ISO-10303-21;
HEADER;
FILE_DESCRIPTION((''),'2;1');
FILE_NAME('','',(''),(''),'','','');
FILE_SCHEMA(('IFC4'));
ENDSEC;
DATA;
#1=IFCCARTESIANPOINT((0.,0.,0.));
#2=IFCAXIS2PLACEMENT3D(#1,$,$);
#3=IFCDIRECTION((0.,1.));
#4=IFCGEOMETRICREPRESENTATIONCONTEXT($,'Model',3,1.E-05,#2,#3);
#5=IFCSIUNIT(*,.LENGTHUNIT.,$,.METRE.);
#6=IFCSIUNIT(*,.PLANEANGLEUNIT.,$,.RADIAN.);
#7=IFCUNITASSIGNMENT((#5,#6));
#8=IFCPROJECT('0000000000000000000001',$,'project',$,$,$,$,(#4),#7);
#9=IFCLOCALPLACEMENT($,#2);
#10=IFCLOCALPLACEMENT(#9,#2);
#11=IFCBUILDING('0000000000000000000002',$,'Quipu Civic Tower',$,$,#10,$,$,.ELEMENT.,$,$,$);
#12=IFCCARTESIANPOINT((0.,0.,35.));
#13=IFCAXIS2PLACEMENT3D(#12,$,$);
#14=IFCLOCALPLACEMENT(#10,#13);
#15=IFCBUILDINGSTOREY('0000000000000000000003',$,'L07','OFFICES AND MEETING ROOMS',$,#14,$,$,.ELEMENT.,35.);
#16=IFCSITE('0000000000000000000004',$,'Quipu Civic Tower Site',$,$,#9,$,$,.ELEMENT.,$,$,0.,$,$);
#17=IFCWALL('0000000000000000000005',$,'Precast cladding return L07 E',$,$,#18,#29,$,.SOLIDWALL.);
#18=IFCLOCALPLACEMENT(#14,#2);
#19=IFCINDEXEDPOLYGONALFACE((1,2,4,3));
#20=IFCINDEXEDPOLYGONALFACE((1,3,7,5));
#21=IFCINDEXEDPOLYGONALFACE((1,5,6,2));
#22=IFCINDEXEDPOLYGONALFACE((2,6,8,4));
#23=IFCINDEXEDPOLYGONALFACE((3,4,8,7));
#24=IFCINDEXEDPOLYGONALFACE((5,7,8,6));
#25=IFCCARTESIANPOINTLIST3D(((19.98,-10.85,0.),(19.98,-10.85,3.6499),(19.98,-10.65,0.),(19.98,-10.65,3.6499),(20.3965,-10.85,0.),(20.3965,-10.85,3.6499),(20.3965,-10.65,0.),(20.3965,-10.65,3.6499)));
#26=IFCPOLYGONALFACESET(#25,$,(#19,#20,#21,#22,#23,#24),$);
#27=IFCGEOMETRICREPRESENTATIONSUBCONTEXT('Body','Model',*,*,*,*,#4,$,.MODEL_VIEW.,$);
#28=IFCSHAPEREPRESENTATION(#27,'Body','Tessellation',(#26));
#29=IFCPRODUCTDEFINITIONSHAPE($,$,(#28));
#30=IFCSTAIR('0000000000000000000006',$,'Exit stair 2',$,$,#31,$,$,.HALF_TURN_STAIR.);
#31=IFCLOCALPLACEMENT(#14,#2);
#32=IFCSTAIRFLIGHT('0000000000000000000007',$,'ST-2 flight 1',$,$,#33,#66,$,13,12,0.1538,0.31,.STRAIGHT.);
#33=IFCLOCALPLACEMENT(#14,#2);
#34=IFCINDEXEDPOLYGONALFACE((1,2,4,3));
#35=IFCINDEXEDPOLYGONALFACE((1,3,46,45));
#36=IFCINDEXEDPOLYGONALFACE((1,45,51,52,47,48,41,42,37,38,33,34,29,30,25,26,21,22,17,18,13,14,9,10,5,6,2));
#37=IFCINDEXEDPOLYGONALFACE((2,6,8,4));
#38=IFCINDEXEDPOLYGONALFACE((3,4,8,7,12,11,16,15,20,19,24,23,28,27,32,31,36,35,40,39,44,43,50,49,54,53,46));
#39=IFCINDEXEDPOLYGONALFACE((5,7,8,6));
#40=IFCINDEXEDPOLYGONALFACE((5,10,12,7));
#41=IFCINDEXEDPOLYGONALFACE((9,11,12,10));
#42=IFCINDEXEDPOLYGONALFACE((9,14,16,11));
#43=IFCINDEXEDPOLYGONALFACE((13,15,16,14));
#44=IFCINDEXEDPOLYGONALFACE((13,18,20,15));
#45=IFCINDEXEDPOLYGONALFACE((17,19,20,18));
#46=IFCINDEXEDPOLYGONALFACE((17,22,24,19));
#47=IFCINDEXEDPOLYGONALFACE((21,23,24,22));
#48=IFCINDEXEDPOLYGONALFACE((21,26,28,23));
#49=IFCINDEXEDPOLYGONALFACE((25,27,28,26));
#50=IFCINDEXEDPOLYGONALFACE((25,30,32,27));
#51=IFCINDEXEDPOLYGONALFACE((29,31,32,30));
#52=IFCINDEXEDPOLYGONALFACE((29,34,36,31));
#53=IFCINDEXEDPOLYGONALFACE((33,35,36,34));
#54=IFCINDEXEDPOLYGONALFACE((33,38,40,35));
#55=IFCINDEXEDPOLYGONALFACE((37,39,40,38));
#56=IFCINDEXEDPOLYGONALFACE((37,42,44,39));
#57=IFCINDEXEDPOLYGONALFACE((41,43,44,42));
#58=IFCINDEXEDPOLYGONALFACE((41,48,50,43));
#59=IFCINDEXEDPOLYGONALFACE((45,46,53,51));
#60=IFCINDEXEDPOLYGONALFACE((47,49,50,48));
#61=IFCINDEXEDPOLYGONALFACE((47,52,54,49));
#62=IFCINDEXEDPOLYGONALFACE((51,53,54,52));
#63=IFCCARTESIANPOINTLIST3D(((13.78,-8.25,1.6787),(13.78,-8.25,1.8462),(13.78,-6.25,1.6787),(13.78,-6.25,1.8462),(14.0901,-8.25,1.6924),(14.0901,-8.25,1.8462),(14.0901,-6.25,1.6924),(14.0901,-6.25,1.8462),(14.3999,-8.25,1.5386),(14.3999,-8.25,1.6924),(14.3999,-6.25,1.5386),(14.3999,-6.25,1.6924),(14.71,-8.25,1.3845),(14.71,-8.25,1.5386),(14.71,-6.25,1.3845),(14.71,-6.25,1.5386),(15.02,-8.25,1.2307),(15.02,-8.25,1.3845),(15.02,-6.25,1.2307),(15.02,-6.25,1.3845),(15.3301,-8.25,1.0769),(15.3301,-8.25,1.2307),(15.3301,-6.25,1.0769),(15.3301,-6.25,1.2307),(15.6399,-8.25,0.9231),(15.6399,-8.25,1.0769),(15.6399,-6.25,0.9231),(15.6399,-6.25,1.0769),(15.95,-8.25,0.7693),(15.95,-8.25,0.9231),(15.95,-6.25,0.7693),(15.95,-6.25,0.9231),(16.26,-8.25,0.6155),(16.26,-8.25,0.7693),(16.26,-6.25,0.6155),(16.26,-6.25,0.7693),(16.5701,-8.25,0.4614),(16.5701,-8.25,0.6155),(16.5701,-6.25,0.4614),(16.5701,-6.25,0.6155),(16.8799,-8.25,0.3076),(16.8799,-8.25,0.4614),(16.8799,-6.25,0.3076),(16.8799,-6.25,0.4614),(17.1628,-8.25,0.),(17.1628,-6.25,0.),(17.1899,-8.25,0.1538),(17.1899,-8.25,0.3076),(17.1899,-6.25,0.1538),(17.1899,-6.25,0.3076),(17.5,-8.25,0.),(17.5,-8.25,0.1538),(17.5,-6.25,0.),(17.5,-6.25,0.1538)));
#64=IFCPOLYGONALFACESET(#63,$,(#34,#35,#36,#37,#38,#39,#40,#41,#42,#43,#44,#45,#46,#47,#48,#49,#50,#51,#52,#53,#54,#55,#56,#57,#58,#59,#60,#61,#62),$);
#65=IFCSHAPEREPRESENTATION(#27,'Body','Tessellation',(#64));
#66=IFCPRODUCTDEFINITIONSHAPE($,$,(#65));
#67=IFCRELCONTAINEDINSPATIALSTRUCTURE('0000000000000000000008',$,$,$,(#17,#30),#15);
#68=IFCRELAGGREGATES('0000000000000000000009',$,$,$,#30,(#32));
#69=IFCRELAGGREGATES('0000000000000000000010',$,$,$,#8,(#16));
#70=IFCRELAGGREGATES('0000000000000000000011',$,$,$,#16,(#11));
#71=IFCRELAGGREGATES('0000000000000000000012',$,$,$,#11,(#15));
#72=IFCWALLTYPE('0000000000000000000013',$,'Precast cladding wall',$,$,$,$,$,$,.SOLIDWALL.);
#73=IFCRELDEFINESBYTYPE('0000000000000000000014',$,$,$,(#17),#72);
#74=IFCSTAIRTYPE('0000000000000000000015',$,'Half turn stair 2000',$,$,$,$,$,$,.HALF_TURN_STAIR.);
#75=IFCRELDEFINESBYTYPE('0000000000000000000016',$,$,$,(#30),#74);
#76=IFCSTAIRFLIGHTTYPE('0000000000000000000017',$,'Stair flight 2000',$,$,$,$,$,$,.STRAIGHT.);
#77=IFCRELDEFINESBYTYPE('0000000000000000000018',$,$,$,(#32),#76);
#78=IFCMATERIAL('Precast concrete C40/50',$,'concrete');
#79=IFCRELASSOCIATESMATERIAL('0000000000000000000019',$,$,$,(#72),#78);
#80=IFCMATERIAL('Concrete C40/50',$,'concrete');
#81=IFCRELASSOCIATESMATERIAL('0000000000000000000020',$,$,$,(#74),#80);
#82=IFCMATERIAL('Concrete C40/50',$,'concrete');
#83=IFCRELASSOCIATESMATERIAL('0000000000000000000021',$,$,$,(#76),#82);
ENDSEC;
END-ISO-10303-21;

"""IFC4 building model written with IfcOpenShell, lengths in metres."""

from ifc_helpers import new_model, si_unit, direction, frame, frame_2d, origin, place, context, subcontext, project, spatial, polyline, rectangle, outline, extrude, material, type_object, element, aggregate, save


model = new_model("IFC4")

# Units and contexts
model_context = context("Model", 3, precision=1e-05, world=origin(), true_north=direction((0.0, 1.0)))
body_context = subcontext(model_context, "Body", "Model", "MODEL_VIEW")
ifc_project = project(units=[si_unit("LENGTHUNIT", "METRE"), si_unit("PLANEANGLEUNIT", "RADIAN")], contexts=[model_context])

# Site, building, storey
site_placement = place(None, origin())
site = spatial("IfcSite", under=ifc_project, at=site_placement, Name="Quipu Civic Tower Site", CompositionType="ELEMENT", RefElevation=0.0)
building_placement = place(site_placement, origin())
building = spatial("IfcBuilding", under=site, at=building_placement, Name="Quipu Civic Tower", CompositionType="ELEMENT")
storey_placement = place(building_placement, frame((0.0, 0.0, 35.0)))
storey = spatial("IfcBuildingStorey", under=building, at=storey_placement, Name="L07", Description="OFFICES AND MEETING ROOMS", CompositionType="ELEMENT", Elevation=35.0)

# Wall
ifc_material_1 = material(Name="Precast concrete C40/50", Category="concrete")
wall_type_1 = type_object("IfcWallType", Name="Precast cladding wall", PredefinedType="SOLIDWALL", material=ifc_material_1)
wall_1_placement = place(storey_placement, frame((19.98, -10.75, 0.0), z_axis=(0.0, 0.0, 1.0), x_axis=(1.0, 0.0, 0.0)))
element("IfcWall", 1, at=wall_1_placement, inside=storey, type_object=wall_type_1, Name="Precast cladding return L07 E", PredefinedType="SOLIDWALL", context=body_context, shape_type="SweptSolid", body=[
    extrude(rectangle(XDim=0.4165, YDim=0.2, at=frame_2d((0.2083, 0.0))), origin(), (0.0, 0.0, 1.0), 3.6499),
])

# Stair, stair flight
ifc_material_2 = material(Name="Concrete C40/50", Category="concrete")
stair_type = type_object("IfcStairType", Name="Half turn stair 2000", PredefinedType="HALF_TURN_STAIR", material=ifc_material_2)
stair_placement = place(storey_placement, origin())
stair = element("IfcStair", 2, at=stair_placement, inside=storey, type_object=stair_type, Name="Exit stair 2", PredefinedType="HALF_TURN_STAIR")
ifc_material_3 = material(Name="Concrete C40/50", Category="concrete")
stair_flight_type = type_object("IfcStairFlightType", Name="Stair flight 2000", PredefinedType="STRAIGHT", material=ifc_material_3)
stair_flight_placement = place(storey_placement, frame((17.5, -7.25, 0.0), z_axis=(0.0, 0.0, 1.0), x_axis=(-1.0, 0.0, 0.0)))
stair_flight = element("IfcStairFlight", 3, at=stair_flight_placement, type_object=stair_flight_type, Name="ST-2 flight 1", NumberOfRisers=13, NumberOfTreads=12, PredefinedType="STRAIGHT", RiserHeight=0.1538, TreadLength=0.31, context=body_context, shape_type="SweptSolid", body=[
    extrude(outline(polyline([(0.0, 0.0), (0.0, 0.1538), (0.3101, 0.1538), (0.3101, 0.3076), (0.6201, 0.3076), (0.6201, 0.4614), (0.9299, 0.4614), (0.9299, 0.6155), (1.24, 0.6155), (1.24, 0.7693), (1.55, 0.7693), (1.55, 0.9231), (1.8601, 0.9231), (1.8601, 1.0769), (2.1699, 1.0769), (2.1699, 1.2307), (2.48, 1.2307), (2.48, 1.3845), (2.79, 1.3845), (2.79, 1.5386), (3.1001, 1.5386), (3.1001, 1.6924), (3.4099, 1.6924), (3.4099, 1.8462), (3.72, 1.8462), (3.72, 2.0), (3.72, 1.6787), (0.3372, 0.0), (0.0, 0.0)])), frame((0.0, 1.0, 0.0), z_axis=(0.0, -1.0, 0.0), x_axis=(1.0, 0.0, 0.0)), (0.0, 0.0, 1.0), 2.0),
])
aggregate(stair, [stair_flight])

save(model, "model.ifc")
